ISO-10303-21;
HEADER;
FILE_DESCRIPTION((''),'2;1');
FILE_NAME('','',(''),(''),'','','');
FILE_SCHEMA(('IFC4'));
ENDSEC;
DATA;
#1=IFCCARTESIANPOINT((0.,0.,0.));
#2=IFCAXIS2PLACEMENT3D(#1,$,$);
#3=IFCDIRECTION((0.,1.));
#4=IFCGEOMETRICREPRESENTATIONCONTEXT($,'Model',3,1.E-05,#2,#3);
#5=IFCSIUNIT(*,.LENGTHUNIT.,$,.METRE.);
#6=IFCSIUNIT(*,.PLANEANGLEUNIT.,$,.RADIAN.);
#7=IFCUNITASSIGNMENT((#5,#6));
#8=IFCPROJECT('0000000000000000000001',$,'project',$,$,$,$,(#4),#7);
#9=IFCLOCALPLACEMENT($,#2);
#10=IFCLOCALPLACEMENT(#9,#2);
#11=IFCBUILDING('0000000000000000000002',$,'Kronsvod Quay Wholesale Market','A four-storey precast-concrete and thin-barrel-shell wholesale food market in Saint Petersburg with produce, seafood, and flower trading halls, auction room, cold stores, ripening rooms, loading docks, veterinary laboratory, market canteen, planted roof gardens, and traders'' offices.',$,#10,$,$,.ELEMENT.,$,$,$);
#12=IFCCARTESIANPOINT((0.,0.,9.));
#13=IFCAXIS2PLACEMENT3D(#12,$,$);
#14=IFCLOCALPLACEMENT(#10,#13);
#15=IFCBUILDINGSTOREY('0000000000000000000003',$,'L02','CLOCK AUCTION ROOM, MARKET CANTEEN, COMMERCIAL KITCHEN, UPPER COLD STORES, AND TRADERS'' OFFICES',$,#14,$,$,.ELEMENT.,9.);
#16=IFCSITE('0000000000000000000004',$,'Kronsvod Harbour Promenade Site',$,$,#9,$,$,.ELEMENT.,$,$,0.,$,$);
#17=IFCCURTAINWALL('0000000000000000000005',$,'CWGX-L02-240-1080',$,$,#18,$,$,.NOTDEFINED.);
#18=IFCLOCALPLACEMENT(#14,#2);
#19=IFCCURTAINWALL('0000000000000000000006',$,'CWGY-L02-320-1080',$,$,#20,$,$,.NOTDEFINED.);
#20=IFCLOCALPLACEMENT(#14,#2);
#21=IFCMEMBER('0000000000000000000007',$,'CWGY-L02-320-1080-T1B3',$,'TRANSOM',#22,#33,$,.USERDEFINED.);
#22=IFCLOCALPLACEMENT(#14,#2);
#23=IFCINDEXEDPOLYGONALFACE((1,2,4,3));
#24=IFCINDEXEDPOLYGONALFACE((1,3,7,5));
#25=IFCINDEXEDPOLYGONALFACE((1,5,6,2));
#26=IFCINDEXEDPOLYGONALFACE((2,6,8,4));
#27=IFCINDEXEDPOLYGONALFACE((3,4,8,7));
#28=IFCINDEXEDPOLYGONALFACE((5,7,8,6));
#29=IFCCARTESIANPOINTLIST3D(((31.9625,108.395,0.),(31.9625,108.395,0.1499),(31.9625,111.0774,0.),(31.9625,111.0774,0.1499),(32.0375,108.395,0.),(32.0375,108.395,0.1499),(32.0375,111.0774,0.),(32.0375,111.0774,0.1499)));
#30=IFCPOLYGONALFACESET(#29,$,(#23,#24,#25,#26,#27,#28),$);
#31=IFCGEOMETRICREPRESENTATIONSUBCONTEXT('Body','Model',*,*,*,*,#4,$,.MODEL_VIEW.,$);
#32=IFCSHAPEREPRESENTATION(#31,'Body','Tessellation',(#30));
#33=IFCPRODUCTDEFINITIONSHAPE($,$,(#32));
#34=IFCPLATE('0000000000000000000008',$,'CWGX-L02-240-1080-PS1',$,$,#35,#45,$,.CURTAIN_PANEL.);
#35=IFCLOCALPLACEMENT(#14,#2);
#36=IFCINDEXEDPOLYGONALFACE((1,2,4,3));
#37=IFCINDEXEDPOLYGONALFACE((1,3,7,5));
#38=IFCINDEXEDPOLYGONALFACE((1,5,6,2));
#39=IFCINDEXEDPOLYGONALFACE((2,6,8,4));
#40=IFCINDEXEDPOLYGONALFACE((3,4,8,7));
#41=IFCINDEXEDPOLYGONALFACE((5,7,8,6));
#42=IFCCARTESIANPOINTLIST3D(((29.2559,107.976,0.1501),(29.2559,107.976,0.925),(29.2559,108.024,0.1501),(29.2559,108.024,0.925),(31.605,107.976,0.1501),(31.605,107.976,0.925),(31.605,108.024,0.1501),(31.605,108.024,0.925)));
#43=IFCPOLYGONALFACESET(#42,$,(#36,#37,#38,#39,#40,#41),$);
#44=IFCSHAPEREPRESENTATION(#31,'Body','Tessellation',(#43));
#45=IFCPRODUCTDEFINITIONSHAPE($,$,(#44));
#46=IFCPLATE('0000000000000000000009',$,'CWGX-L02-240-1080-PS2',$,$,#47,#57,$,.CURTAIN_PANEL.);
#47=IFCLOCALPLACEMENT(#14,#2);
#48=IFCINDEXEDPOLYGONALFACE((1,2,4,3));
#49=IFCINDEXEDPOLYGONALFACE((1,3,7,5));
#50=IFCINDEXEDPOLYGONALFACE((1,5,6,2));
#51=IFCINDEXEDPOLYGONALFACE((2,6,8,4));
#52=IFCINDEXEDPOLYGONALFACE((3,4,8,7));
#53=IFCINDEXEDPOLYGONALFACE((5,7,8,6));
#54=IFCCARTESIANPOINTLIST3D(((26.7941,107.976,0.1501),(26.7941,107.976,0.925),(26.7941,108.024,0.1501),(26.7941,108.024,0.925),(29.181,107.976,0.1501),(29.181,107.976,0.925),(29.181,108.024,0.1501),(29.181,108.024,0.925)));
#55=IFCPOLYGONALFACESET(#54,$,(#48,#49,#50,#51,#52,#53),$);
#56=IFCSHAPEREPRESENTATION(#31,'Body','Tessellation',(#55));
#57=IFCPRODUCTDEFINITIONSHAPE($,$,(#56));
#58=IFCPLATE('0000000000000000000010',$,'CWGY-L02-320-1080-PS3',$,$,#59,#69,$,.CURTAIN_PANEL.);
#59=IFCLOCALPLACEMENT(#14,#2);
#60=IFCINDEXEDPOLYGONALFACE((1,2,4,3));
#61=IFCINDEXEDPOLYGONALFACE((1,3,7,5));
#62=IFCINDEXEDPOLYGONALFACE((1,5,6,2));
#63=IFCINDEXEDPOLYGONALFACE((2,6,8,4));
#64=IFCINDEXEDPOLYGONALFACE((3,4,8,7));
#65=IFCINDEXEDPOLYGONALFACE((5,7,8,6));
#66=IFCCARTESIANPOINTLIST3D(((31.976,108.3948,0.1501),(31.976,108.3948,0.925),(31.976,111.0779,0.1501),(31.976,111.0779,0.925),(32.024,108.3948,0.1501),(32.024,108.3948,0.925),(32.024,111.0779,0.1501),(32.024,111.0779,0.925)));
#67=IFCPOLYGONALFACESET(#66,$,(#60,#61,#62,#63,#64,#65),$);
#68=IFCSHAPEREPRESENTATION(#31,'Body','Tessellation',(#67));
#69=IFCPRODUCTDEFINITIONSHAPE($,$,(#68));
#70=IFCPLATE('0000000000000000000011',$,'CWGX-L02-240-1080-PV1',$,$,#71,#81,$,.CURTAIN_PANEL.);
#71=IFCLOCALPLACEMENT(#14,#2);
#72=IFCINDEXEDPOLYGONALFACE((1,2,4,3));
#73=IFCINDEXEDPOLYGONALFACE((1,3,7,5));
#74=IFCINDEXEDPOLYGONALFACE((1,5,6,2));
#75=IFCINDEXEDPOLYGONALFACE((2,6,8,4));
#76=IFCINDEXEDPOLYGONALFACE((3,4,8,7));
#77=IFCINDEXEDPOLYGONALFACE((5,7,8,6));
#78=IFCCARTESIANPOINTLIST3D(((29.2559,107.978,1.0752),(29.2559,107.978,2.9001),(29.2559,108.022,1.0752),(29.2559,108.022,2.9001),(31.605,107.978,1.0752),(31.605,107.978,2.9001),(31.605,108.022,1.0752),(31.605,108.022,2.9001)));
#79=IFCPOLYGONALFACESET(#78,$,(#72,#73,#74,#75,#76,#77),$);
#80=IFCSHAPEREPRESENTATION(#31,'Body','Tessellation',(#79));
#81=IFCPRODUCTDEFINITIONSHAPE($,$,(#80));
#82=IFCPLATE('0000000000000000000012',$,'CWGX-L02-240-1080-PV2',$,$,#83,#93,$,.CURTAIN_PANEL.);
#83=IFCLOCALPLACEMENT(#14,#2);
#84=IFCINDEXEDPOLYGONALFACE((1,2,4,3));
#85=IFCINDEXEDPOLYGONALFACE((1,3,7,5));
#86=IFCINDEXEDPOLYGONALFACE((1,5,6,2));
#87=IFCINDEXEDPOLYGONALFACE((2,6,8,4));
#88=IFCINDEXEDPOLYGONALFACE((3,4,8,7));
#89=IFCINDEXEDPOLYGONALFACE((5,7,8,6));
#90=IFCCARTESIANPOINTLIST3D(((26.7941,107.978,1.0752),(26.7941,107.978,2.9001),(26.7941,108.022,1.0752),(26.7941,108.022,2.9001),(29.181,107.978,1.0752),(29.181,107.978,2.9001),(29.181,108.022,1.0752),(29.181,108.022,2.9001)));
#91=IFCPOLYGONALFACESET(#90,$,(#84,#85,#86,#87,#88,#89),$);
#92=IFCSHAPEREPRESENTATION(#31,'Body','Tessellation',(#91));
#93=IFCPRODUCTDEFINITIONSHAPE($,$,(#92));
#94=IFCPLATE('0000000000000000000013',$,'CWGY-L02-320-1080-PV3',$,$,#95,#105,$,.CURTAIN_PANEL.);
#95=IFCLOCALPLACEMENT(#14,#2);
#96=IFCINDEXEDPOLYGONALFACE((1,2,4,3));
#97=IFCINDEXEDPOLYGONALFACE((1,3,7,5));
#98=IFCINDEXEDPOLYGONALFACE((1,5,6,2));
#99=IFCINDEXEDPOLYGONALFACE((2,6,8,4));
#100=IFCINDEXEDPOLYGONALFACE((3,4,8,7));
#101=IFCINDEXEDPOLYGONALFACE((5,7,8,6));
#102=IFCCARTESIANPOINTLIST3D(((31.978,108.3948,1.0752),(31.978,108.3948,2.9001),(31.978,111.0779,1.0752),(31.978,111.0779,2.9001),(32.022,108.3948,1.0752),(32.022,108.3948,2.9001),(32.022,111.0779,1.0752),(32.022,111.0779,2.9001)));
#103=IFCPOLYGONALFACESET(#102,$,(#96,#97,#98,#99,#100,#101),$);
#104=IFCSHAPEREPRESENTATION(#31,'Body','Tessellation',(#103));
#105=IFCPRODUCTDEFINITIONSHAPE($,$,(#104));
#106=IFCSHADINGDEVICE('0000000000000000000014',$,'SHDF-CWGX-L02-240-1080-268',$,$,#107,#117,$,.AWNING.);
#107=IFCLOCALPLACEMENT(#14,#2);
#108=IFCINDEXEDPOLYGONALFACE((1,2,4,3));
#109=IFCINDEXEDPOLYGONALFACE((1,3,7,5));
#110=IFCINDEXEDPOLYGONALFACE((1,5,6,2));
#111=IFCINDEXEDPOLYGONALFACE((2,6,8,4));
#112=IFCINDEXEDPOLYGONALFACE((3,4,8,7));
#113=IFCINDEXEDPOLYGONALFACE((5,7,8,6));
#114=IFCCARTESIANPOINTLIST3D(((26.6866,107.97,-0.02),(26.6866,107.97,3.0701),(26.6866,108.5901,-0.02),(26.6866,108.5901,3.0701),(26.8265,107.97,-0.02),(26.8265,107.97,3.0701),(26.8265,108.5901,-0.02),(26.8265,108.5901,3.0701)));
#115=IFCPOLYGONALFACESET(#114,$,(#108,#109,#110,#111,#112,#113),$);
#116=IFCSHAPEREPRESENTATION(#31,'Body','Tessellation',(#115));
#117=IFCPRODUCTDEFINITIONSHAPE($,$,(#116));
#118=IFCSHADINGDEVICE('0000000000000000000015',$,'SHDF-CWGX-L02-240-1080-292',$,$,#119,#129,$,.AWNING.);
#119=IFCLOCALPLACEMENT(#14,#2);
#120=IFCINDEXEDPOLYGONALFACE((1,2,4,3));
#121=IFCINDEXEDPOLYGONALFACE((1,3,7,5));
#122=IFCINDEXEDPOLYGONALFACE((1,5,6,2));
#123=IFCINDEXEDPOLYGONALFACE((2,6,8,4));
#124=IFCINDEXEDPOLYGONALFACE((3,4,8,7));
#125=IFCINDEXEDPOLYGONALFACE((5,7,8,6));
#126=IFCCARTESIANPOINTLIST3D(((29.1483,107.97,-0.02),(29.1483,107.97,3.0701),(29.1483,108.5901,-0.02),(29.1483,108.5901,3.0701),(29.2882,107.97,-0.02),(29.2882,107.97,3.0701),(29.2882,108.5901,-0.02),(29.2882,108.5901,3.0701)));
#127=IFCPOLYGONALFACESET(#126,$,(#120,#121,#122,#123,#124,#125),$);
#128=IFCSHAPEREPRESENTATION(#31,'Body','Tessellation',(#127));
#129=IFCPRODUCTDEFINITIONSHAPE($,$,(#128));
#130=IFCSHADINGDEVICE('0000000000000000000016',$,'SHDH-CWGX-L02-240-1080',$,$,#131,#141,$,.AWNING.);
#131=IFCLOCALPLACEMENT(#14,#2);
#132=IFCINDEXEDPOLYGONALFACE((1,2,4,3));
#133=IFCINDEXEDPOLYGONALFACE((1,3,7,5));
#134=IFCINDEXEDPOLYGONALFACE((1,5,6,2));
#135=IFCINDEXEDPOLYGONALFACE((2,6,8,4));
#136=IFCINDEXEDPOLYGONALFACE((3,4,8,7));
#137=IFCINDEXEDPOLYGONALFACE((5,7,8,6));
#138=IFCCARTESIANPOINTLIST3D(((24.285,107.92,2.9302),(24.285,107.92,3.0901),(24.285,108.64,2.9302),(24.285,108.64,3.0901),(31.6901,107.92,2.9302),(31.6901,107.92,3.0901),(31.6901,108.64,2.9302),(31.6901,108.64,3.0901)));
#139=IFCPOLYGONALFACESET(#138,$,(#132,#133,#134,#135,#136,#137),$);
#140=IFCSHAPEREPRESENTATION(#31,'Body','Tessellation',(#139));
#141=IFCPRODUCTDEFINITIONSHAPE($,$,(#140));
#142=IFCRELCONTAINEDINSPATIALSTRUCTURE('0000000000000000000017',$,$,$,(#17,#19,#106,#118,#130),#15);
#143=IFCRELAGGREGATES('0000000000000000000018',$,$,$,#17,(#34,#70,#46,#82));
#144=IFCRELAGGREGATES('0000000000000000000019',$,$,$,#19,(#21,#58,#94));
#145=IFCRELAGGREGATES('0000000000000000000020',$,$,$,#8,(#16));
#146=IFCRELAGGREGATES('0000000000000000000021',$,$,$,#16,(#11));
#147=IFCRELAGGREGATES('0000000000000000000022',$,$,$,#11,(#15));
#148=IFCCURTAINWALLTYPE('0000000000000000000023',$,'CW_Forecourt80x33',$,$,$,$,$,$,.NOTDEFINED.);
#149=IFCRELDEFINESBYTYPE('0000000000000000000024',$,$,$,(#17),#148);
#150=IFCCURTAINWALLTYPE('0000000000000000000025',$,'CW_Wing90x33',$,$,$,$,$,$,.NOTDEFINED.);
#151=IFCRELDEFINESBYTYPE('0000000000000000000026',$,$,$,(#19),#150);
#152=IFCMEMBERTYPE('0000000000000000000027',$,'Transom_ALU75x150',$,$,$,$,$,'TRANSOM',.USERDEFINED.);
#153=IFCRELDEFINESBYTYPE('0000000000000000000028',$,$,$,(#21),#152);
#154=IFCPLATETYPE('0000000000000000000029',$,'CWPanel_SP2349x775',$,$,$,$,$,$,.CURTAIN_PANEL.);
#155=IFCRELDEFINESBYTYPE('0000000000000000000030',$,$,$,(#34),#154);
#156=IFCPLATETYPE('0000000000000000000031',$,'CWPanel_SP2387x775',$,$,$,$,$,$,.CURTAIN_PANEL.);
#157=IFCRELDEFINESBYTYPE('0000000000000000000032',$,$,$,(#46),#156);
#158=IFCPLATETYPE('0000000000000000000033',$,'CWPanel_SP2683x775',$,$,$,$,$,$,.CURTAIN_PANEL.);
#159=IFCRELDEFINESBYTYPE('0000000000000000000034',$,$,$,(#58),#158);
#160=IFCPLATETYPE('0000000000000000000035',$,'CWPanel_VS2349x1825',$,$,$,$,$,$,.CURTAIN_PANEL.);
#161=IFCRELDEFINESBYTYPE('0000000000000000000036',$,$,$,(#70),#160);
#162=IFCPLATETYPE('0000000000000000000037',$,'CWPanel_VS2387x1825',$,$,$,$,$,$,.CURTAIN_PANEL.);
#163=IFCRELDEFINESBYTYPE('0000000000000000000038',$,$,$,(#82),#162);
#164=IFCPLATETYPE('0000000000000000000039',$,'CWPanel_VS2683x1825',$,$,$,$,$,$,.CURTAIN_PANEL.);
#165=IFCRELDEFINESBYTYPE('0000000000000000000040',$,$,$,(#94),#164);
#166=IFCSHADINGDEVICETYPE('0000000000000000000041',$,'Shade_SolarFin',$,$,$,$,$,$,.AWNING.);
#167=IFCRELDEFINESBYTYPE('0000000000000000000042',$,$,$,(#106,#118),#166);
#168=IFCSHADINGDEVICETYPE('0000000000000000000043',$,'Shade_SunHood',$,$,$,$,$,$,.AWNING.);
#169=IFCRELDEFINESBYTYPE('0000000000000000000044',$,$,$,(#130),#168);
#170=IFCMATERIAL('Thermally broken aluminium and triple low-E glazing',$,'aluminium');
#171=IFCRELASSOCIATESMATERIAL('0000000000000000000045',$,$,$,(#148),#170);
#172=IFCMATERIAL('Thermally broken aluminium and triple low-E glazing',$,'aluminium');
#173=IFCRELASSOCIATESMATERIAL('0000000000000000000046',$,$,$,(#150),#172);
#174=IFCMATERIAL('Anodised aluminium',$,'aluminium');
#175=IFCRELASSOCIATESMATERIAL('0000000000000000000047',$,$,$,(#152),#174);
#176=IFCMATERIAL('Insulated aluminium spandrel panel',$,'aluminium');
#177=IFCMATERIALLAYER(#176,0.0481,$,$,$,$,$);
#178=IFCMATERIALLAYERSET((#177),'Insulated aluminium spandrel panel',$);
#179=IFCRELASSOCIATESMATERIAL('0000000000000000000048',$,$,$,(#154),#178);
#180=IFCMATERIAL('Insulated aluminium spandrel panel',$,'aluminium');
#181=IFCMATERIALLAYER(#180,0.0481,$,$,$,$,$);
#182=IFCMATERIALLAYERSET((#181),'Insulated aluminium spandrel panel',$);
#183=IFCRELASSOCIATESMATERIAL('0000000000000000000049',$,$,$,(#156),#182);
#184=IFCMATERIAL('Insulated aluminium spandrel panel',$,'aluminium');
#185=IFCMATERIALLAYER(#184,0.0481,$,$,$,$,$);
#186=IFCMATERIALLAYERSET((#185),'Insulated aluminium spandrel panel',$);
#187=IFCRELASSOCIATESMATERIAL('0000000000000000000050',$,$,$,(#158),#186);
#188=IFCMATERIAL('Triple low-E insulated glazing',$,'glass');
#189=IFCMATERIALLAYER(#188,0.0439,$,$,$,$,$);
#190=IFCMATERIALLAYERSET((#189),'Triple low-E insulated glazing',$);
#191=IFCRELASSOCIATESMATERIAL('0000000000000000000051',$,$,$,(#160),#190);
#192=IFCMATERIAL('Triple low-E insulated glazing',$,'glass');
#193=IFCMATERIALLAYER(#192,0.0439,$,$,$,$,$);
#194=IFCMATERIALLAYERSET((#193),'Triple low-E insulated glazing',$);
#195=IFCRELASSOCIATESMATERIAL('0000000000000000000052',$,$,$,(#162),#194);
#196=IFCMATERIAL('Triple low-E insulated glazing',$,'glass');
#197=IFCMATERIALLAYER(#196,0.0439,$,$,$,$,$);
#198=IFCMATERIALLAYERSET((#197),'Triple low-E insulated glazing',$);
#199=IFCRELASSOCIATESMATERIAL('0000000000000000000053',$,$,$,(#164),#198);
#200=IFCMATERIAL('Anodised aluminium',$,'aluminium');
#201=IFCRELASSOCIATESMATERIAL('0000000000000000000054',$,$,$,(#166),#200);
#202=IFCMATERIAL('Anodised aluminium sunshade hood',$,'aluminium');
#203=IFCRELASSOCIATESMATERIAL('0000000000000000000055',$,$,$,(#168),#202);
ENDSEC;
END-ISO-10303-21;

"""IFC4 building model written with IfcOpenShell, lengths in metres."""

from ifc_helpers import new_model, si_unit, direction, frame, origin, origin_2d, place, context, subcontext, project, spatial, rectangle, extrude, material, layer, layer_set, material_profile, profile_set, type_object, element, aggregate, save


model = new_model("IFC4")

# Units and contexts
model_context = context("Model", 3, precision=1e-05, world=origin(), true_north=direction((0.0, 1.0)))
body_context = subcontext(model_context, "Body", "Model", "MODEL_VIEW")
ifc_project = project(units=[si_unit("LENGTHUNIT", "METRE"), si_unit("PLANEANGLEUNIT", "RADIAN")], contexts=[model_context])

# Site, building, storey
site_placement = place(None, origin())
site = spatial("IfcSite", under=ifc_project, at=site_placement, Name="Kronsvod Harbour Promenade Site", CompositionType="ELEMENT", RefElevation=0.0)
building_placement = place(site_placement, origin())
building = spatial("IfcBuilding", under=site, at=building_placement, Name="Kronsvod Quay Wholesale Market", Description="A four-storey precast-concrete and thin-barrel-shell wholesale food market in Saint Petersburg with produce, seafood, and flower trading halls, auction room, cold stores, ripening rooms, loading docks, veterinary laboratory, market canteen, planted roof gardens, and traders' offices.", CompositionType="ELEMENT")
storey_placement = place(building_placement, frame((0.0, 0.0, 9.0)))
storey = spatial("IfcBuildingStorey", under=building, at=storey_placement, Name="L02", Description="CLOCK AUCTION ROOM, MARKET CANTEEN, COMMERCIAL KITCHEN, UPPER COLD STORES, AND TRADERS' OFFICES", CompositionType="ELEMENT", Elevation=9.0)

# Curtain wall
ifc_material_1 = material(Name="Thermally broken aluminium and triple low-E glazing", Category="aluminium")
curtain_wall_type_1 = type_object("IfcCurtainWallType", Name="CW_Forecourt80x33", PredefinedType="NOTDEFINED", material=ifc_material_1)
curtain_wall_1_placement = place(storey_placement, origin())
curtain_wall_1 = element("IfcCurtainWall", 1, at=curtain_wall_1_placement, inside=storey, type_object=curtain_wall_type_1, Name="CWGX-L02-240-1080", PredefinedType="NOTDEFINED")

# Curtain wall
ifc_material_2 = material(Name="Thermally broken aluminium and triple low-E glazing", Category="aluminium")
curtain_wall_type_2 = type_object("IfcCurtainWallType", Name="CW_Wing90x33", PredefinedType="NOTDEFINED", material=ifc_material_2)
curtain_wall_2_placement = place(storey_placement, origin())
curtain_wall_2 = element("IfcCurtainWall", 2, at=curtain_wall_2_placement, inside=storey, type_object=curtain_wall_type_2, Name="CWGY-L02-320-1080", PredefinedType="NOTDEFINED")

# Member
ifc_material_3 = material(Name="Anodised aluminium", Category="aluminium")
ifc_material_profile_1 = material_profile(ifc_material_3, rectangle(XDim=0.075, YDim=0.1499, at=origin_2d()), Name="ALUT75x150")
ifc_profile_set_1 = profile_set([ifc_material_profile_1], Name="Anodised aluminium")
member_type_1 = type_object("IfcMemberType", Name="Transom_ALU75x150", ElementType="TRANSOM", PredefinedType="USERDEFINED", material=ifc_profile_set_1)
member_1_placement = place(storey_placement, frame((32.0, 111.0774, 0.075), z_axis=(0.0, -1.0, 0.0), x_axis=(1.0, 0.0, 0.0)))
member_1 = element("IfcMember", 3, at=member_1_placement, type_object=member_type_1, Name="CWGY-L02-320-1080-T1B3", ObjectType="TRANSOM", PredefinedType="USERDEFINED", context=body_context, shape_type="SweptSolid", body=[
    extrude(rectangle(XDim=0.075, YDim=0.1499, at=origin_2d()), origin(), (0.0, 0.0, 1.0), 2.6824),
])

# Plates
ifc_material_4 = material(Name="Insulated aluminium spandrel panel", Category="aluminium")
ifc_layer_1 = layer(ifc_material_4, 0.0481)
ifc_layer_set_1 = layer_set([ifc_layer_1], Name="Insulated aluminium spandrel panel")
plate_type_1 = type_object("IfcPlateType", Name="CWPanel_SP2349x775", PredefinedType="CURTAIN_PANEL", material=ifc_layer_set_1)
plate_1_placement = place(storey_placement, frame((30.4304, 108.0, 0.1501), z_axis=(0.0, 0.0, 1.0), x_axis=(-1.0, 0.0, 0.0)))
plate_1 = element("IfcPlate", 4, at=plate_1_placement, type_object=plate_type_1, Name="CWGX-L02-240-1080-PS1", PredefinedType="CURTAIN_PANEL", context=body_context, shape_type="SweptSolid", body=[
    extrude(rectangle(XDim=2.3491, YDim=0.0481, at=origin_2d()), origin(), (0.0, 0.0, 1.0), 0.7749),
])
ifc_material_5 = material(Name="Insulated aluminium spandrel panel", Category="aluminium")
ifc_layer_2 = layer(ifc_material_5, 0.0481)
ifc_layer_set_2 = layer_set([ifc_layer_2], Name="Insulated aluminium spandrel panel")
plate_type_2 = type_object("IfcPlateType", Name="CWPanel_SP2387x775", PredefinedType="CURTAIN_PANEL", material=ifc_layer_set_2)
plate_2_placement = place(storey_placement, frame((27.9875, 108.0, 0.1501), z_axis=(0.0, 0.0, 1.0), x_axis=(-1.0, 0.0, 0.0)))
plate_2 = element("IfcPlate", 5, at=plate_2_placement, type_object=plate_type_2, Name="CWGX-L02-240-1080-PS2", PredefinedType="CURTAIN_PANEL", context=body_context, shape_type="SweptSolid", body=[
    extrude(rectangle(XDim=2.387, YDim=0.0481, at=origin_2d()), origin(), (0.0, 0.0, 1.0), 0.7749),
])
ifc_material_6 = material(Name="Insulated aluminium spandrel panel", Category="aluminium")
ifc_layer_3 = layer(ifc_material_6, 0.0481)
ifc_layer_set_3 = layer_set([ifc_layer_3], Name="Insulated aluminium spandrel panel")
plate_type_3 = type_object("IfcPlateType", Name="CWPanel_SP2683x775", PredefinedType="CURTAIN_PANEL", material=ifc_layer_set_3)
plate_3_placement = place(storey_placement, frame((32.0, 109.7363, 0.1501), z_axis=(0.0, 0.0, 1.0), x_axis=(0.0, -1.0, 0.0)))
plate_3 = element("IfcPlate", 6, at=plate_3_placement, type_object=plate_type_3, Name="CWGY-L02-320-1080-PS3", PredefinedType="CURTAIN_PANEL", context=body_context, shape_type="SweptSolid", body=[
    extrude(rectangle(XDim=2.6831, YDim=0.0481, at=origin_2d()), origin(), (0.0, 0.0, 1.0), 0.7749),
])
ifc_material_7 = material(Name="Triple low-E insulated glazing", Category="glass")
ifc_layer_4 = layer(ifc_material_7, 0.0439)
ifc_layer_set_4 = layer_set([ifc_layer_4], Name="Triple low-E insulated glazing")
plate_type_4 = type_object("IfcPlateType", Name="CWPanel_VS2349x1825", PredefinedType="CURTAIN_PANEL", material=ifc_layer_set_4)
plate_4_placement = place(storey_placement, frame((30.4304, 108.0, 1.0752), z_axis=(0.0, 0.0, 1.0), x_axis=(-1.0, 0.0, 0.0)))
plate_4 = element("IfcPlate", 7, at=plate_4_placement, type_object=plate_type_4, Name="CWGX-L02-240-1080-PV1", PredefinedType="CURTAIN_PANEL", context=body_context, shape_type="SweptSolid", body=[
    extrude(rectangle(XDim=2.3491, YDim=0.0439, at=origin_2d()), origin(), (0.0, 0.0, 1.0), 1.825),
])
ifc_material_8 = material(Name="Triple low-E insulated glazing", Category="glass")
ifc_layer_5 = layer(ifc_material_8, 0.0439)
ifc_layer_set_5 = layer_set([ifc_layer_5], Name="Triple low-E insulated glazing")
plate_type_5 = type_object("IfcPlateType", Name="CWPanel_VS2387x1825", PredefinedType="CURTAIN_PANEL", material=ifc_layer_set_5)
plate_5_placement = place(storey_placement, frame((27.9875, 108.0, 1.0752), z_axis=(0.0, 0.0, 1.0), x_axis=(-1.0, 0.0, 0.0)))
plate_5 = element("IfcPlate", 8, at=plate_5_placement, type_object=plate_type_5, Name="CWGX-L02-240-1080-PV2", PredefinedType="CURTAIN_PANEL", context=body_context, shape_type="SweptSolid", body=[
    extrude(rectangle(XDim=2.387, YDim=0.0439, at=origin_2d()), origin(), (0.0, 0.0, 1.0), 1.825),
])
aggregate(curtain_wall_1, [plate_1, plate_4, plate_2, plate_5])
ifc_material_9 = material(Name="Triple low-E insulated glazing", Category="glass")
ifc_layer_6 = layer(ifc_material_9, 0.0439)
ifc_layer_set_6 = layer_set([ifc_layer_6], Name="Triple low-E insulated glazing")
plate_type_6 = type_object("IfcPlateType", Name="CWPanel_VS2683x1825", PredefinedType="CURTAIN_PANEL", material=ifc_layer_set_6)
plate_6_placement = place(storey_placement, frame((32.0, 109.7363, 1.0752), z_axis=(0.0, 0.0, 1.0), x_axis=(0.0, -1.0, 0.0)))
plate_6 = element("IfcPlate", 9, at=plate_6_placement, type_object=plate_type_6, Name="CWGY-L02-320-1080-PV3", PredefinedType="CURTAIN_PANEL", context=body_context, shape_type="SweptSolid", body=[
    extrude(rectangle(XDim=2.6831, YDim=0.0439, at=origin_2d()), origin(), (0.0, 0.0, 1.0), 1.825),
])
aggregate(curtain_wall_2, [member_1, plate_3, plate_6])

# Shading devices
ifc_material_10 = material(Name="Anodised aluminium", Category="aluminium")
shading_device_type_1 = type_object("IfcShadingDeviceType", Name="Shade_SolarFin", PredefinedType="AWNING", material=ifc_material_10)
for number, where, z_axis, x_axis, name in (
    (10, (26.7566, 108.28, -0.02), (0.0, 0.0, 1.0), (1.0, 0.0, 0.0), "SHDF-CWGX-L02-240-1080-268"),
    (11, (29.2183, 108.28, -0.02), (0.0, 0.0, 1.0), (1.0, 0.0, 0.0), "SHDF-CWGX-L02-240-1080-292"),
):
    element("IfcShadingDevice", number, at=place(storey_placement, frame(where, z_axis=z_axis, x_axis=x_axis)), inside=storey, type_object=shading_device_type_1, Name=name, PredefinedType="AWNING", context=body_context, shape_type="SweptSolid", body=[
        extrude(rectangle(XDim=0.1399, YDim=0.6201, at=origin_2d()), origin(), (0.0, 0.0, 1.0), 3.0901),
    ])
ifc_material_11 = material(Name="Anodised aluminium sunshade hood", Category="aluminium")
shading_device_type_2 = type_object("IfcShadingDeviceType", Name="Shade_SunHood", PredefinedType="AWNING", material=ifc_material_11)
shading_device_placement = place(storey_placement, frame((27.9875, 108.28, 2.9302), z_axis=(0.0, 0.0, 1.0), x_axis=(1.0, 0.0, 0.0)))
element("IfcShadingDevice", 12, at=shading_device_placement, inside=storey, type_object=shading_device_type_2, Name="SHDH-CWGX-L02-240-1080", PredefinedType="AWNING", context=body_context, shape_type="SweptSolid", body=[
    extrude(rectangle(XDim=7.405, YDim=0.72, at=origin_2d()), origin(), (0.0, 0.0, 1.0), 0.1599),
])

save(model, "model.ifc")
